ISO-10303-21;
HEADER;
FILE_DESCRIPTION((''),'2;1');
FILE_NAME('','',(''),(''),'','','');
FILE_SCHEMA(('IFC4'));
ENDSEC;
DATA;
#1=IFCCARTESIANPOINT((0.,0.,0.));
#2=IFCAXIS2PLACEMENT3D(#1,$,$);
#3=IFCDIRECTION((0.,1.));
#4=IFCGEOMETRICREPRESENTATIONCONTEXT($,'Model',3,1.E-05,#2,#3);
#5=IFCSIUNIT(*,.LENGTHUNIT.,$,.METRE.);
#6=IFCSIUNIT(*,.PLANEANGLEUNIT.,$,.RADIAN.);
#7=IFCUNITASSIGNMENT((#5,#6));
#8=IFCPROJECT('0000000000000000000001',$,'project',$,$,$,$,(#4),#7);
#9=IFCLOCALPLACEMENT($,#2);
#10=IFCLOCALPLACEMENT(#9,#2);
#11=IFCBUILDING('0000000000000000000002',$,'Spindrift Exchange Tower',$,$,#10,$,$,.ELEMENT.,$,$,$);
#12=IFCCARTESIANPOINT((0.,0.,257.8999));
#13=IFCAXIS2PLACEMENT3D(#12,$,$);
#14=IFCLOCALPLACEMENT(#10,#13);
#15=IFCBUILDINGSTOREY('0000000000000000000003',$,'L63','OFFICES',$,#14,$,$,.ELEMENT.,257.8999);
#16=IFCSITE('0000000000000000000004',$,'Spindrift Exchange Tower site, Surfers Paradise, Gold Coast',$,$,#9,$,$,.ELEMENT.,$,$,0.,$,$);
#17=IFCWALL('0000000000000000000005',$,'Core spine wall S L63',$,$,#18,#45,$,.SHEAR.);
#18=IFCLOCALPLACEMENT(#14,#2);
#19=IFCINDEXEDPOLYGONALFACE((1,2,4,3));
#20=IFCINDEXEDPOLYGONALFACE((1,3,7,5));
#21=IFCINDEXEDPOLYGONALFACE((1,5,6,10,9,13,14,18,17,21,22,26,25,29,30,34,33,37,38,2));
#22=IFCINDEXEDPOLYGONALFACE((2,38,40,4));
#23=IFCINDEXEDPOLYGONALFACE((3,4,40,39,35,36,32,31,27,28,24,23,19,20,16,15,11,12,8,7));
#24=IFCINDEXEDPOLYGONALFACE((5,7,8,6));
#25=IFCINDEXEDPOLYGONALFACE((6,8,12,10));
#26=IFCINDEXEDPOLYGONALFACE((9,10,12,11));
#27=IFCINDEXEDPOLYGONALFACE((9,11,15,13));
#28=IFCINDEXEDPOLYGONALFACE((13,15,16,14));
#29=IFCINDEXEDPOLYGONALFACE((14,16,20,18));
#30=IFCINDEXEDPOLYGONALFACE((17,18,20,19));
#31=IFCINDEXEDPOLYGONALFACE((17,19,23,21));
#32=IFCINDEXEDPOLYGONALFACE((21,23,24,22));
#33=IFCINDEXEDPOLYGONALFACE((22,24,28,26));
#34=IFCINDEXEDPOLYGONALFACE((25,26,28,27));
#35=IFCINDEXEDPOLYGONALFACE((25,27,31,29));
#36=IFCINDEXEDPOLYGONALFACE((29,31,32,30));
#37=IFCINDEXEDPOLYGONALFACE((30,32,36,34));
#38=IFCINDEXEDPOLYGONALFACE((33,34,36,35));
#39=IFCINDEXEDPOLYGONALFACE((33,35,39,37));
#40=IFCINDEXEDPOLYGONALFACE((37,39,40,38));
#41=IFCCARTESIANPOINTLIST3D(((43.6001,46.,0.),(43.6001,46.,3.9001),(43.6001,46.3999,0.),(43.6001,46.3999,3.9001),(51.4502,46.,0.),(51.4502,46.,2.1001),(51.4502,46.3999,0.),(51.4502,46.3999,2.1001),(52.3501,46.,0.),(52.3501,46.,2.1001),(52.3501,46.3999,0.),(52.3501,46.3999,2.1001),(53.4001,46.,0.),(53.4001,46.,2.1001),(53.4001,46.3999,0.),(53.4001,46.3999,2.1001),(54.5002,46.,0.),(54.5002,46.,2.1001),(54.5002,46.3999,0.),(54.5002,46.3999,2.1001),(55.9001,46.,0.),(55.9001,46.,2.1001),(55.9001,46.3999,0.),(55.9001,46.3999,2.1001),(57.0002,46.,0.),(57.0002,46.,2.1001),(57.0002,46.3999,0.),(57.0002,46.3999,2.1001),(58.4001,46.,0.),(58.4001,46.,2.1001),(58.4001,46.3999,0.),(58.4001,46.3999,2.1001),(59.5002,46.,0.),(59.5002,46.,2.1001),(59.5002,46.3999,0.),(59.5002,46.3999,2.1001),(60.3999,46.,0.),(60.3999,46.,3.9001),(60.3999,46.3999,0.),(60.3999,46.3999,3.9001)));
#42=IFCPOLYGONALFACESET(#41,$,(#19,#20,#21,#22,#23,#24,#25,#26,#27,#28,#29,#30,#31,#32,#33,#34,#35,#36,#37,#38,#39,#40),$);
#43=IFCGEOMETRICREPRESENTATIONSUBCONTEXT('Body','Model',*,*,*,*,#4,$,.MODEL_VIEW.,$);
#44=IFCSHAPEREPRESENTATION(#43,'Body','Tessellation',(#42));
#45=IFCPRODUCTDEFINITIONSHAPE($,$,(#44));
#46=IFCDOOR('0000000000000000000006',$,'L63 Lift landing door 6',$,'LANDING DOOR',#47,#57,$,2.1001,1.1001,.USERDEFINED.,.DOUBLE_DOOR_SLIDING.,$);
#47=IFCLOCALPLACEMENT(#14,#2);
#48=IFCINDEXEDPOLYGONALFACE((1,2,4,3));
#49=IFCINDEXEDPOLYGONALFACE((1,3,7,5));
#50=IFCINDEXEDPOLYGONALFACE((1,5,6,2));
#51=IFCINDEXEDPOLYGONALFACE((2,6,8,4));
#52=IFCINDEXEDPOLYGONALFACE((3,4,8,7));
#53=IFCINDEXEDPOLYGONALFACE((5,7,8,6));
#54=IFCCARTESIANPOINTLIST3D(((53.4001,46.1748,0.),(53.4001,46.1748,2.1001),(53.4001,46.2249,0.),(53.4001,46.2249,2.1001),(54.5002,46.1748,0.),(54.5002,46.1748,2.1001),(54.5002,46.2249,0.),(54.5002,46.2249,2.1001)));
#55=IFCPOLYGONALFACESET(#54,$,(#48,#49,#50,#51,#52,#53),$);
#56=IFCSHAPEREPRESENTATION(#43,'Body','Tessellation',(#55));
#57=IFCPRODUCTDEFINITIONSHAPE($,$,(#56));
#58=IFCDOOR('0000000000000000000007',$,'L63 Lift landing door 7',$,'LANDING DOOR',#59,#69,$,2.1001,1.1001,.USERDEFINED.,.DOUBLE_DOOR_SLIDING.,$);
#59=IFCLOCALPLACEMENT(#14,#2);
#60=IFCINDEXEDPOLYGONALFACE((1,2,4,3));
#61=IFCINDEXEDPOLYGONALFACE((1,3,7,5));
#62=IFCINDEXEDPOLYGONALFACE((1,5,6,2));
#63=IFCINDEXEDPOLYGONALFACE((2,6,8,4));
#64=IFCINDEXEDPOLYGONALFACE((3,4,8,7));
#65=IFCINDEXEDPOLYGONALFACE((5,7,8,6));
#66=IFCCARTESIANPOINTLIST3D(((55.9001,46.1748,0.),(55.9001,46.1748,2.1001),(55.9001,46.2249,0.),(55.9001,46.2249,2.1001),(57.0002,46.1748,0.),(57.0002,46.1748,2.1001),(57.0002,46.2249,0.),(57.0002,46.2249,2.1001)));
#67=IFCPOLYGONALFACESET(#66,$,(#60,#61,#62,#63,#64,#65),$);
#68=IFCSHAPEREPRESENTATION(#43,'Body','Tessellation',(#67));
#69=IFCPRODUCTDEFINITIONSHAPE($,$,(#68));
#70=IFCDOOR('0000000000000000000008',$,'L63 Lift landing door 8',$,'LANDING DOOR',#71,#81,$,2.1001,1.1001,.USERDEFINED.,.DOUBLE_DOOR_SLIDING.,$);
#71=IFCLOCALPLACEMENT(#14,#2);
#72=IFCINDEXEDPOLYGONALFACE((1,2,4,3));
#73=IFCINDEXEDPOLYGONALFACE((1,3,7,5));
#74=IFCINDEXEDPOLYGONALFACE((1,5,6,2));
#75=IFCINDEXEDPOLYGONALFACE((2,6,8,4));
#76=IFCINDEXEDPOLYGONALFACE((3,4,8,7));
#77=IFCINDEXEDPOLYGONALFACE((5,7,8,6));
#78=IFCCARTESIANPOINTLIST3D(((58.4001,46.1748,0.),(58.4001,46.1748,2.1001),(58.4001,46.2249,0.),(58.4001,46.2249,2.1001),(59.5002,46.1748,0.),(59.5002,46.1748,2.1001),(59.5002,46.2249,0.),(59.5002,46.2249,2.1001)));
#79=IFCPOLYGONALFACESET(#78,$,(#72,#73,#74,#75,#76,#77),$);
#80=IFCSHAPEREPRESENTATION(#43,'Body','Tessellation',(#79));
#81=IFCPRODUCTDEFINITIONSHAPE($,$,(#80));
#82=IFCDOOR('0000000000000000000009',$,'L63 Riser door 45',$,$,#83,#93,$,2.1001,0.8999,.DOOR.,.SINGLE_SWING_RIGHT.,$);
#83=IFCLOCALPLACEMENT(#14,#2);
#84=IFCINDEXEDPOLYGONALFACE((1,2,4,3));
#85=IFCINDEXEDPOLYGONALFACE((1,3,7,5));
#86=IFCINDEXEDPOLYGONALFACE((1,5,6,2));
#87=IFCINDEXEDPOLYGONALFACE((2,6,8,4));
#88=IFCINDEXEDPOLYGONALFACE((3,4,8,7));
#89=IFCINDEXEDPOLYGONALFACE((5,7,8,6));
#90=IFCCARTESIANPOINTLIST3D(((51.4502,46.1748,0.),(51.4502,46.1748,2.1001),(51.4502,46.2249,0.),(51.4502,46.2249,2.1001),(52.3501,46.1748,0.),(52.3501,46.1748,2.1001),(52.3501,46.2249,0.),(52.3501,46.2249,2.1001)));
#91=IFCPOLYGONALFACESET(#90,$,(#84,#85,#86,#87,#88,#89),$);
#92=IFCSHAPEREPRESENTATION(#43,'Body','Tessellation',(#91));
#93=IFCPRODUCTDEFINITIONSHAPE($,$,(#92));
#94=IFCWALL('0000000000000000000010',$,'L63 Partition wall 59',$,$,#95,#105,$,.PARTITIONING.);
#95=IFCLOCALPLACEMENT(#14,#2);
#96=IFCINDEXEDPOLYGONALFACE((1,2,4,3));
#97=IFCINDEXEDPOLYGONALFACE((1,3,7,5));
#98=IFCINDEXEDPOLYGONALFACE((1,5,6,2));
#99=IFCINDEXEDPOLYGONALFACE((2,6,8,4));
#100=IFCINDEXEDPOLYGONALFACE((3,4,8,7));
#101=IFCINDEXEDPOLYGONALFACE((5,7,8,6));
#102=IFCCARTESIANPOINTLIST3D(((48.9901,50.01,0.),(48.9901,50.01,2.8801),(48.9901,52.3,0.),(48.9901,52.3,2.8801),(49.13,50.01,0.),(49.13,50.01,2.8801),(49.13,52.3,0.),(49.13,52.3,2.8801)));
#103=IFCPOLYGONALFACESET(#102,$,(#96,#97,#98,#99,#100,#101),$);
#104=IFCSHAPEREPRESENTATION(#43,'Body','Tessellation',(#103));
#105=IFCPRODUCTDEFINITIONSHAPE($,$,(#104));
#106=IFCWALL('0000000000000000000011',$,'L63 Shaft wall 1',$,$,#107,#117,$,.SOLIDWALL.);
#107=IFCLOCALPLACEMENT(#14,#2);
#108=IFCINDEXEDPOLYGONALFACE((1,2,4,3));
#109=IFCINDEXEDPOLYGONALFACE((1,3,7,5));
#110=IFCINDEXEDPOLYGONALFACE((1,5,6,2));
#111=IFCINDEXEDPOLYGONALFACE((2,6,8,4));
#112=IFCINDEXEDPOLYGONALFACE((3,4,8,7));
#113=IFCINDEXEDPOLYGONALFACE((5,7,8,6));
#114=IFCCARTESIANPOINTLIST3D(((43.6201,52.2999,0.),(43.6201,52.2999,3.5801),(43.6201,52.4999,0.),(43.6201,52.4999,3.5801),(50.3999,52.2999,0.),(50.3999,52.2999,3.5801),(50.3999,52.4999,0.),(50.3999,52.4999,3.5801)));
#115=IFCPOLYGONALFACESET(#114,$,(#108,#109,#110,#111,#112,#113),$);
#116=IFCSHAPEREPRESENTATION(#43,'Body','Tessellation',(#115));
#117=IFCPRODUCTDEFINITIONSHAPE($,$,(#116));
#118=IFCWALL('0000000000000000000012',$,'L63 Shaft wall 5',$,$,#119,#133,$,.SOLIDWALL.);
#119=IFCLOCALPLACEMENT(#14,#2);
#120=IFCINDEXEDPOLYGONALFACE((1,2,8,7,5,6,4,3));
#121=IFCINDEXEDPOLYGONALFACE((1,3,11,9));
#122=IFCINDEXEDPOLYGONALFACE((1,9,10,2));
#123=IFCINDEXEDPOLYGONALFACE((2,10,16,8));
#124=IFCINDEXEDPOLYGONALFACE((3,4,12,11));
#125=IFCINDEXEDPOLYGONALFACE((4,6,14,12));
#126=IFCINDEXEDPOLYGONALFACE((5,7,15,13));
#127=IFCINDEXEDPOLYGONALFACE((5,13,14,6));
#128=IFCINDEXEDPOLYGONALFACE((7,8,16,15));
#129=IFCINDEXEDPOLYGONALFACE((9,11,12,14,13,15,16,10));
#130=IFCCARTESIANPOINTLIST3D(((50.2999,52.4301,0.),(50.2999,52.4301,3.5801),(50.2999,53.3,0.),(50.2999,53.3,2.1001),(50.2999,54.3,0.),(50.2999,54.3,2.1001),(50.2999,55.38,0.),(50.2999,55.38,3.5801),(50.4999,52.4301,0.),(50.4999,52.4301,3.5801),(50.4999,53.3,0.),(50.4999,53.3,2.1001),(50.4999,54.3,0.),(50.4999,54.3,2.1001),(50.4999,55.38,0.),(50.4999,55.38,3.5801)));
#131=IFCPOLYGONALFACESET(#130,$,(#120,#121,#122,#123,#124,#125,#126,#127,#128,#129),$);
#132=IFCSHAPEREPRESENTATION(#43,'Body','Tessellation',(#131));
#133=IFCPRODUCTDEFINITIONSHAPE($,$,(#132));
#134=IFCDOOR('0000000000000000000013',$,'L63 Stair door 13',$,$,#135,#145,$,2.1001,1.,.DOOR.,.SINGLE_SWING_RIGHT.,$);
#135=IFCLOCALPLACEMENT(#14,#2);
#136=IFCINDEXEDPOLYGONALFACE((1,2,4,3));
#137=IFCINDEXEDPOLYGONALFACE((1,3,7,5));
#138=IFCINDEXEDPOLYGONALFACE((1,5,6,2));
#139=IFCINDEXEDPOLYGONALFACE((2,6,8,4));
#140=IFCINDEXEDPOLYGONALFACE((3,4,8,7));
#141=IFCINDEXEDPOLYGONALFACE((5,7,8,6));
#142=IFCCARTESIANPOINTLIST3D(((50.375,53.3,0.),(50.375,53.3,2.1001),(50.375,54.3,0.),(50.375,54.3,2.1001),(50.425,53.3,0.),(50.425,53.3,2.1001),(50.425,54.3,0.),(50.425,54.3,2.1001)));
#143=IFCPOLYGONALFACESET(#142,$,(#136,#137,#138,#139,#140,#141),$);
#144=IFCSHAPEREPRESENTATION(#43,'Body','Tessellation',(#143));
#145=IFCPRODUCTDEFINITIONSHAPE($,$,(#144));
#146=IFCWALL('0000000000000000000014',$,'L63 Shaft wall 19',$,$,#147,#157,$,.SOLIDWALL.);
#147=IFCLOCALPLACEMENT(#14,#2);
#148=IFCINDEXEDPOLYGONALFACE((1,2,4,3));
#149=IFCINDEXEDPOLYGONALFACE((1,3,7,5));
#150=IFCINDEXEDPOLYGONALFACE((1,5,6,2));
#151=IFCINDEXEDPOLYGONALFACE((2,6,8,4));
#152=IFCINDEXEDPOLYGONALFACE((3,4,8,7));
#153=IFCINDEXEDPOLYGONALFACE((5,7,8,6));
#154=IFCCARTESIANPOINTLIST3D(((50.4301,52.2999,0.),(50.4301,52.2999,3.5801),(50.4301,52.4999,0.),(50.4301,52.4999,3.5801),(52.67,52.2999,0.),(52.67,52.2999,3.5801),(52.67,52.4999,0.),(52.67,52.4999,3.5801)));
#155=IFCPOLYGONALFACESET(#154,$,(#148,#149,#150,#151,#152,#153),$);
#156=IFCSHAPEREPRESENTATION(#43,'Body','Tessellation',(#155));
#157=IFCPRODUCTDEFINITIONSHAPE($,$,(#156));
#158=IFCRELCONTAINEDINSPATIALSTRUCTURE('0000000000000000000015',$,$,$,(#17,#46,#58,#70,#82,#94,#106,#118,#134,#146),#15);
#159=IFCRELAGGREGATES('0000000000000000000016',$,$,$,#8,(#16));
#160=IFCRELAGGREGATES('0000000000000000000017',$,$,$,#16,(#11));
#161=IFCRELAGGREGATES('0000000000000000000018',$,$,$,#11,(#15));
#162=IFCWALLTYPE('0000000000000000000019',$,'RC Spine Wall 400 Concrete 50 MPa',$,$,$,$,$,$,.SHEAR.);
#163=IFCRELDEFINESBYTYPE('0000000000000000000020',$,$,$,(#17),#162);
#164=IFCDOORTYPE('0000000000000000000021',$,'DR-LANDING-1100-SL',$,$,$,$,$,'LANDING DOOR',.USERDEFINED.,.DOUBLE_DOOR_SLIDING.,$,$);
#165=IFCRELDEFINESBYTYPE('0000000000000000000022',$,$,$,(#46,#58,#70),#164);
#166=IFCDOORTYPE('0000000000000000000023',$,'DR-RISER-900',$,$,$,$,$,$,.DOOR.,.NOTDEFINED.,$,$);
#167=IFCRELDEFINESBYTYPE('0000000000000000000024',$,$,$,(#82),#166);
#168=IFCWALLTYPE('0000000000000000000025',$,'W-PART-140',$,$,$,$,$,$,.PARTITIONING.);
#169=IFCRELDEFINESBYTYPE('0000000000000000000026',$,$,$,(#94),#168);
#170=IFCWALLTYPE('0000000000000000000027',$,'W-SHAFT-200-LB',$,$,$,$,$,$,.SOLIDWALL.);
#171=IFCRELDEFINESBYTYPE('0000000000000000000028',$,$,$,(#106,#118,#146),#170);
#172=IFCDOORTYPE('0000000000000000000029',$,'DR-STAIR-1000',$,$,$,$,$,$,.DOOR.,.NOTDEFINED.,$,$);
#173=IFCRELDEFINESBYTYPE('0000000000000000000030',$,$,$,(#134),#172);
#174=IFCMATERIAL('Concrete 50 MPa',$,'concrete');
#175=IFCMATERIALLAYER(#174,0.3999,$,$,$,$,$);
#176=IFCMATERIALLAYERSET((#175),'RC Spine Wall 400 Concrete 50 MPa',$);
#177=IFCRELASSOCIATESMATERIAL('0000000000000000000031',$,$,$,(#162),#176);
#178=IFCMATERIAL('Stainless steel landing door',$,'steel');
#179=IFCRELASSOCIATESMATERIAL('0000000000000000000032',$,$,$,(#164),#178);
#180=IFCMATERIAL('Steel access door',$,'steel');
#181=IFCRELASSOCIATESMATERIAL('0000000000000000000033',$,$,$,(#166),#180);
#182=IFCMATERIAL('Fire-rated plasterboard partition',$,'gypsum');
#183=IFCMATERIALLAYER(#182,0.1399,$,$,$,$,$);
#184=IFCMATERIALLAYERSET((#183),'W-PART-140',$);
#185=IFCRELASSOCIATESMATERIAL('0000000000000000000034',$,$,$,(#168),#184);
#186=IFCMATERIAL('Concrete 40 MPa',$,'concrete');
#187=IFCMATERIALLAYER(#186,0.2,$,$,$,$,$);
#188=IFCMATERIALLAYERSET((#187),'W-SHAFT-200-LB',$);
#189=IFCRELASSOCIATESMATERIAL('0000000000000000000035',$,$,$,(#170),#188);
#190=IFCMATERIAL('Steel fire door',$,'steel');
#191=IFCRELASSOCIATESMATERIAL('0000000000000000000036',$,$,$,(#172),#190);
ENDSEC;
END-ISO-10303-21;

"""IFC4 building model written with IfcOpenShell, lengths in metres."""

from ifc_helpers import new_model, si_unit, direction, frame, frame_2d, origin, place, context, subcontext, project, spatial, rectangle, extrude, source, transform, mapped, material, layer, layer_set, type_object, element, fill, save


model = new_model("IFC4")

# Units and contexts
model_context = context("Model", 3, precision=1e-05, world=origin(), true_north=direction((0.0, 1.0)))
body_context = subcontext(model_context, "Body", "Model", "MODEL_VIEW")
ifc_project = project(units=[si_unit("LENGTHUNIT", "METRE"), si_unit("PLANEANGLEUNIT", "RADIAN")], contexts=[model_context])

# Site, building, storey
site_placement = place(None, origin())
site = spatial("IfcSite", under=ifc_project, at=site_placement, Name="Spindrift Exchange Tower site, Surfers Paradise, Gold Coast", CompositionType="ELEMENT", RefElevation=0.0)
building_placement = place(site_placement, origin())
building = spatial("IfcBuilding", under=site, at=building_placement, Name="Spindrift Exchange Tower", CompositionType="ELEMENT")
storey_placement = place(building_placement, frame((0.0, 0.0, 257.8999)))
storey = spatial("IfcBuildingStorey", under=building, at=storey_placement, Name="L63", Description="OFFICES", CompositionType="ELEMENT", Elevation=257.8999)

# Wall, openings, doors
ifc_material_1 = material(Name="Concrete 50 MPa", Category="concrete")
ifc_layer_1 = layer(ifc_material_1, 0.3999)
ifc_layer_set_1 = layer_set([ifc_layer_1], Name="RC Spine Wall 400 Concrete 50 MPa")
wall_type_1 = type_object("IfcWallType", Name="RC Spine Wall 400 Concrete 50 MPa", PredefinedType="SHEAR", material=ifc_layer_set_1)
ifc_material_2 = material(Name="Stainless steel landing door", Category="steel")
door_type_1 = type_object("IfcDoorType", Name="DR-LANDING-1100-SL", ElementType="LANDING DOOR", OperationType="DOUBLE_DOOR_SLIDING", PredefinedType="USERDEFINED", material=ifc_material_2)
shared_shape_1 = source(origin(), body_context, "Body", "SweptSolid", [
    extrude(rectangle(XDim=1.1001, YDim=2.1001, at=frame_2d((0.55, 1.05))), frame((0.0, 0.0249, 0.0), z_axis=(0.0, -1.0, 0.0), x_axis=(1.0, 0.0, 0.0)), (0.0, 0.0, 1.0), 0.05),
])
ifc_material_3 = material(Name="Steel access door", Category="steel")
door_type_2 = type_object("IfcDoorType", Name="DR-RISER-900", OperationType="NOTDEFINED", PredefinedType="DOOR", material=ifc_material_3)
shared_shape_2 = source(origin(), body_context, "Body", "SweptSolid", [
    extrude(rectangle(XDim=0.8999, YDim=2.1001, at=frame_2d((0.45, 1.05))), frame((0.0, 0.0249, 0.0), z_axis=(0.0, -1.0, 0.0), x_axis=(1.0, 0.0, 0.0)), (0.0, 0.0, 1.0), 0.05),
])
wall_1_placement = place(storey_placement, frame((43.6001, 46.2, 0.0), z_axis=(0.0, 0.0, 1.0), x_axis=(1.0, 0.0, 0.0)))
wall_1 = element("IfcWall", 1, at=wall_1_placement, inside=storey, type_object=wall_type_1, Name="Core spine wall S L63", PredefinedType="SHEAR", context=body_context, shape_type="SweptSolid", body=[
    extrude(rectangle(XDim=16.7998, YDim=0.3999, at=frame_2d((8.3999, 0.0))), origin(), (0.0, 0.0, 1.0), 3.9001),
])
opening_1_placement = place(wall_1_placement, frame((9.8, 0.0, 0.0)))
opening_1 = element("IfcOpeningElement", 2, at=opening_1_placement, cuts=wall_1, PredefinedType="OPENING", context=body_context, shape_type="SweptSolid", body=[
    extrude(rectangle(XDim=1.1001, YDim=2.1001, at=frame_2d((0.55, 1.05))), frame((0.0, 0.21, 0.0), z_axis=(0.0, -1.0, 0.0), x_axis=(1.0, 0.0, 0.0)), (0.0, 0.0, 1.0), 0.4199),
])
opening_2_placement = place(wall_1_placement, frame((12.3, 0.0, 0.0)))
opening_2 = element("IfcOpeningElement", 3, at=opening_2_placement, cuts=wall_1, PredefinedType="OPENING", context=body_context, shape_type="SweptSolid", body=[
    extrude(rectangle(XDim=1.1001, YDim=2.1001, at=frame_2d((0.55, 1.05))), frame((0.0, 0.21, 0.0), z_axis=(0.0, -1.0, 0.0), x_axis=(1.0, 0.0, 0.0)), (0.0, 0.0, 1.0), 0.4199),
])
opening_3_placement = place(wall_1_placement, frame((14.8, 0.0, 0.0)))
opening_3 = element("IfcOpeningElement", 4, at=opening_3_placement, cuts=wall_1, PredefinedType="OPENING", context=body_context, shape_type="SweptSolid", body=[
    extrude(rectangle(XDim=1.1001, YDim=2.1001, at=frame_2d((0.55, 1.05))), frame((0.0, 0.21, 0.0), z_axis=(0.0, -1.0, 0.0), x_axis=(1.0, 0.0, 0.0)), (0.0, 0.0, 1.0), 0.4199),
])
opening_4_placement = place(wall_1_placement, frame((7.8501, 0.0, 0.0)))
opening_4 = element("IfcOpeningElement", 5, at=opening_4_placement, cuts=wall_1, PredefinedType="OPENING", context=body_context, shape_type="SweptSolid", body=[
    extrude(rectangle(XDim=0.8999, YDim=2.1001, at=frame_2d((0.45, 1.05))), frame((0.0, 0.21, 0.0), z_axis=(0.0, -1.0, 0.0), x_axis=(1.0, 0.0, 0.0)), (0.0, 0.0, 1.0), 0.4199),
])
door_1_placement = place(opening_1_placement, origin())
door_1 = element("IfcDoor", 6, at=door_1_placement, inside=storey, type_object=door_type_1, Name="L63 Lift landing door 6", ObjectType="LANDING DOOR", OperationType="DOUBLE_DOOR_SLIDING", OverallHeight=2.1001, OverallWidth=1.1001, PredefinedType="USERDEFINED", context=body_context, shape_type="MappedRepresentation", body=[
    mapped(shared_shape_1, transform((0.0, 0.0, 0.0), scale=1.0)),
])
fill(opening_1, door_1)
door_2_placement = place(opening_2_placement, origin())
door_2 = element("IfcDoor", 7, at=door_2_placement, inside=storey, type_object=door_type_1, Name="L63 Lift landing door 7", ObjectType="LANDING DOOR", OperationType="DOUBLE_DOOR_SLIDING", OverallHeight=2.1001, OverallWidth=1.1001, PredefinedType="USERDEFINED", context=body_context, shape_type="MappedRepresentation", body=[
    mapped(shared_shape_1, transform((0.0, 0.0, 0.0), scale=1.0)),
])
fill(opening_2, door_2)
door_3_placement = place(opening_3_placement, origin())
door_3 = element("IfcDoor", 8, at=door_3_placement, inside=storey, type_object=door_type_1, Name="L63 Lift landing door 8", ObjectType="LANDING DOOR", OperationType="DOUBLE_DOOR_SLIDING", OverallHeight=2.1001, OverallWidth=1.1001, PredefinedType="USERDEFINED", context=body_context, shape_type="MappedRepresentation", body=[
    mapped(shared_shape_1, transform((0.0, 0.0, 0.0), scale=1.0)),
])
fill(opening_3, door_3)
door_4_placement = place(opening_4_placement, origin())
door_4 = element("IfcDoor", 9, at=door_4_placement, inside=storey, type_object=door_type_2, Name="L63 Riser door 45", OperationType="SINGLE_SWING_RIGHT", OverallHeight=2.1001, OverallWidth=0.8999, PredefinedType="DOOR", context=body_context, shape_type="MappedRepresentation", body=[
    mapped(shared_shape_2, transform((0.0, 0.0, 0.0), scale=1.0)),
])
fill(opening_4, door_4)

# Walls
ifc_material_4 = material(Name="Fire-rated plasterboard partition", Category="gypsum")
ifc_layer_2 = layer(ifc_material_4, 0.1399)
ifc_layer_set_2 = layer_set([ifc_layer_2], Name="W-PART-140")
wall_type_2 = type_object("IfcWallType", Name="W-PART-140", PredefinedType="PARTITIONING", material=ifc_layer_set_2)
wall_2_placement = place(storey_placement, frame((49.0601, 50.01, 0.0), z_axis=(0.0, 0.0, 1.0), x_axis=(0.0, 1.0, 0.0)))
element("IfcWall", 10, at=wall_2_placement, inside=storey, type_object=wall_type_2, Name="L63 Partition wall 59", PredefinedType="PARTITIONING", context=body_context, shape_type="SweptSolid", body=[
    extrude(rectangle(XDim=2.29, YDim=0.1399, at=frame_2d((1.145, 0.0))), origin(), (0.0, 0.0, 1.0), 2.8801),
])
ifc_material_5 = material(Name="Concrete 40 MPa", Category="concrete")
ifc_layer_3 = layer(ifc_material_5, 0.2)
ifc_layer_set_3 = layer_set([ifc_layer_3], Name="W-SHAFT-200-LB")
wall_type_3 = type_object("IfcWallType", Name="W-SHAFT-200-LB", PredefinedType="SOLIDWALL", material=ifc_layer_set_3)
wall_3_placement = place(storey_placement, frame((43.6201, 52.3999, 0.0), z_axis=(0.0, 0.0, 1.0), x_axis=(1.0, 0.0, 0.0)))
element("IfcWall", 11, at=wall_3_placement, inside=storey, type_object=wall_type_3, Name="L63 Shaft wall 1", PredefinedType="SOLIDWALL", context=body_context, shape_type="SweptSolid", body=[
    extrude(rectangle(XDim=6.7798, YDim=0.2, at=frame_2d((3.3899, 0.0))), origin(), (0.0, 0.0, 1.0), 3.5801),
])

# Wall, opening, door
wall_4_placement = place(storey_placement, frame((50.3999, 52.4299, 0.0), z_axis=(0.0, 0.0, 1.0), x_axis=(0.0, 1.0, 0.0)))
wall_4 = element("IfcWall", 12, at=wall_4_placement, inside=storey, type_object=wall_type_3, Name="L63 Shaft wall 5", PredefinedType="SOLIDWALL", context=body_context, shape_type="SweptSolid", body=[
    extrude(rectangle(XDim=2.95, YDim=0.2, at=frame_2d((1.4751, 0.0))), origin(), (0.0, 0.0, 1.0), 3.5801),
])
opening_5_placement = place(wall_4_placement, frame((0.8701, 0.0, 0.0)))
opening_5 = element("IfcOpeningElement", 13, at=opening_5_placement, cuts=wall_4, PredefinedType="OPENING", context=body_context, shape_type="SweptSolid", body=[
    extrude(rectangle(XDim=1.0, YDim=2.1001, at=frame_2d((0.5, 1.05))), frame((0.0, 0.1099, 0.0), z_axis=(0.0, -1.0, 0.0), x_axis=(1.0, 0.0, 0.0)), (0.0, 0.0, 1.0), 0.22),
])
ifc_material_6 = material(Name="Steel fire door", Category="steel")
door_type_3 = type_object("IfcDoorType", Name="DR-STAIR-1000", OperationType="NOTDEFINED", PredefinedType="DOOR", material=ifc_material_6)
shared_shape_3 = source(origin(), body_context, "Body", "SweptSolid", [
    extrude(rectangle(XDim=1.0, YDim=2.1001, at=frame_2d((0.5, 1.05))), frame((0.0, 0.0249, 0.0), z_axis=(0.0, -1.0, 0.0), x_axis=(1.0, 0.0, 0.0)), (0.0, 0.0, 1.0), 0.05),
])
door_5_placement = place(opening_5_placement, origin())
door_5 = element("IfcDoor", 14, at=door_5_placement, inside=storey, type_object=door_type_3, Name="L63 Stair door 13", OperationType="SINGLE_SWING_RIGHT", OverallHeight=2.1001, OverallWidth=1.0, PredefinedType="DOOR", context=body_context, shape_type="MappedRepresentation", body=[
    mapped(shared_shape_3, transform((0.0, 0.0, 0.0), scale=1.0)),
])
fill(opening_5, door_5)

# Wall
wall_5_placement = place(storey_placement, frame((50.4299, 52.3999, 0.0), z_axis=(0.0, 0.0, 1.0), x_axis=(1.0, 0.0, 0.0)))
element("IfcWall", 15, at=wall_5_placement, inside=storey, type_object=wall_type_3, Name="L63 Shaft wall 19", PredefinedType="SOLIDWALL", context=body_context, shape_type="SweptSolid", body=[
    extrude(rectangle(XDim=2.24, YDim=0.2, at=frame_2d((1.1201, 0.0))), origin(), (0.0, 0.0, 1.0), 3.5801),
])

save(model, "model.ifc")
